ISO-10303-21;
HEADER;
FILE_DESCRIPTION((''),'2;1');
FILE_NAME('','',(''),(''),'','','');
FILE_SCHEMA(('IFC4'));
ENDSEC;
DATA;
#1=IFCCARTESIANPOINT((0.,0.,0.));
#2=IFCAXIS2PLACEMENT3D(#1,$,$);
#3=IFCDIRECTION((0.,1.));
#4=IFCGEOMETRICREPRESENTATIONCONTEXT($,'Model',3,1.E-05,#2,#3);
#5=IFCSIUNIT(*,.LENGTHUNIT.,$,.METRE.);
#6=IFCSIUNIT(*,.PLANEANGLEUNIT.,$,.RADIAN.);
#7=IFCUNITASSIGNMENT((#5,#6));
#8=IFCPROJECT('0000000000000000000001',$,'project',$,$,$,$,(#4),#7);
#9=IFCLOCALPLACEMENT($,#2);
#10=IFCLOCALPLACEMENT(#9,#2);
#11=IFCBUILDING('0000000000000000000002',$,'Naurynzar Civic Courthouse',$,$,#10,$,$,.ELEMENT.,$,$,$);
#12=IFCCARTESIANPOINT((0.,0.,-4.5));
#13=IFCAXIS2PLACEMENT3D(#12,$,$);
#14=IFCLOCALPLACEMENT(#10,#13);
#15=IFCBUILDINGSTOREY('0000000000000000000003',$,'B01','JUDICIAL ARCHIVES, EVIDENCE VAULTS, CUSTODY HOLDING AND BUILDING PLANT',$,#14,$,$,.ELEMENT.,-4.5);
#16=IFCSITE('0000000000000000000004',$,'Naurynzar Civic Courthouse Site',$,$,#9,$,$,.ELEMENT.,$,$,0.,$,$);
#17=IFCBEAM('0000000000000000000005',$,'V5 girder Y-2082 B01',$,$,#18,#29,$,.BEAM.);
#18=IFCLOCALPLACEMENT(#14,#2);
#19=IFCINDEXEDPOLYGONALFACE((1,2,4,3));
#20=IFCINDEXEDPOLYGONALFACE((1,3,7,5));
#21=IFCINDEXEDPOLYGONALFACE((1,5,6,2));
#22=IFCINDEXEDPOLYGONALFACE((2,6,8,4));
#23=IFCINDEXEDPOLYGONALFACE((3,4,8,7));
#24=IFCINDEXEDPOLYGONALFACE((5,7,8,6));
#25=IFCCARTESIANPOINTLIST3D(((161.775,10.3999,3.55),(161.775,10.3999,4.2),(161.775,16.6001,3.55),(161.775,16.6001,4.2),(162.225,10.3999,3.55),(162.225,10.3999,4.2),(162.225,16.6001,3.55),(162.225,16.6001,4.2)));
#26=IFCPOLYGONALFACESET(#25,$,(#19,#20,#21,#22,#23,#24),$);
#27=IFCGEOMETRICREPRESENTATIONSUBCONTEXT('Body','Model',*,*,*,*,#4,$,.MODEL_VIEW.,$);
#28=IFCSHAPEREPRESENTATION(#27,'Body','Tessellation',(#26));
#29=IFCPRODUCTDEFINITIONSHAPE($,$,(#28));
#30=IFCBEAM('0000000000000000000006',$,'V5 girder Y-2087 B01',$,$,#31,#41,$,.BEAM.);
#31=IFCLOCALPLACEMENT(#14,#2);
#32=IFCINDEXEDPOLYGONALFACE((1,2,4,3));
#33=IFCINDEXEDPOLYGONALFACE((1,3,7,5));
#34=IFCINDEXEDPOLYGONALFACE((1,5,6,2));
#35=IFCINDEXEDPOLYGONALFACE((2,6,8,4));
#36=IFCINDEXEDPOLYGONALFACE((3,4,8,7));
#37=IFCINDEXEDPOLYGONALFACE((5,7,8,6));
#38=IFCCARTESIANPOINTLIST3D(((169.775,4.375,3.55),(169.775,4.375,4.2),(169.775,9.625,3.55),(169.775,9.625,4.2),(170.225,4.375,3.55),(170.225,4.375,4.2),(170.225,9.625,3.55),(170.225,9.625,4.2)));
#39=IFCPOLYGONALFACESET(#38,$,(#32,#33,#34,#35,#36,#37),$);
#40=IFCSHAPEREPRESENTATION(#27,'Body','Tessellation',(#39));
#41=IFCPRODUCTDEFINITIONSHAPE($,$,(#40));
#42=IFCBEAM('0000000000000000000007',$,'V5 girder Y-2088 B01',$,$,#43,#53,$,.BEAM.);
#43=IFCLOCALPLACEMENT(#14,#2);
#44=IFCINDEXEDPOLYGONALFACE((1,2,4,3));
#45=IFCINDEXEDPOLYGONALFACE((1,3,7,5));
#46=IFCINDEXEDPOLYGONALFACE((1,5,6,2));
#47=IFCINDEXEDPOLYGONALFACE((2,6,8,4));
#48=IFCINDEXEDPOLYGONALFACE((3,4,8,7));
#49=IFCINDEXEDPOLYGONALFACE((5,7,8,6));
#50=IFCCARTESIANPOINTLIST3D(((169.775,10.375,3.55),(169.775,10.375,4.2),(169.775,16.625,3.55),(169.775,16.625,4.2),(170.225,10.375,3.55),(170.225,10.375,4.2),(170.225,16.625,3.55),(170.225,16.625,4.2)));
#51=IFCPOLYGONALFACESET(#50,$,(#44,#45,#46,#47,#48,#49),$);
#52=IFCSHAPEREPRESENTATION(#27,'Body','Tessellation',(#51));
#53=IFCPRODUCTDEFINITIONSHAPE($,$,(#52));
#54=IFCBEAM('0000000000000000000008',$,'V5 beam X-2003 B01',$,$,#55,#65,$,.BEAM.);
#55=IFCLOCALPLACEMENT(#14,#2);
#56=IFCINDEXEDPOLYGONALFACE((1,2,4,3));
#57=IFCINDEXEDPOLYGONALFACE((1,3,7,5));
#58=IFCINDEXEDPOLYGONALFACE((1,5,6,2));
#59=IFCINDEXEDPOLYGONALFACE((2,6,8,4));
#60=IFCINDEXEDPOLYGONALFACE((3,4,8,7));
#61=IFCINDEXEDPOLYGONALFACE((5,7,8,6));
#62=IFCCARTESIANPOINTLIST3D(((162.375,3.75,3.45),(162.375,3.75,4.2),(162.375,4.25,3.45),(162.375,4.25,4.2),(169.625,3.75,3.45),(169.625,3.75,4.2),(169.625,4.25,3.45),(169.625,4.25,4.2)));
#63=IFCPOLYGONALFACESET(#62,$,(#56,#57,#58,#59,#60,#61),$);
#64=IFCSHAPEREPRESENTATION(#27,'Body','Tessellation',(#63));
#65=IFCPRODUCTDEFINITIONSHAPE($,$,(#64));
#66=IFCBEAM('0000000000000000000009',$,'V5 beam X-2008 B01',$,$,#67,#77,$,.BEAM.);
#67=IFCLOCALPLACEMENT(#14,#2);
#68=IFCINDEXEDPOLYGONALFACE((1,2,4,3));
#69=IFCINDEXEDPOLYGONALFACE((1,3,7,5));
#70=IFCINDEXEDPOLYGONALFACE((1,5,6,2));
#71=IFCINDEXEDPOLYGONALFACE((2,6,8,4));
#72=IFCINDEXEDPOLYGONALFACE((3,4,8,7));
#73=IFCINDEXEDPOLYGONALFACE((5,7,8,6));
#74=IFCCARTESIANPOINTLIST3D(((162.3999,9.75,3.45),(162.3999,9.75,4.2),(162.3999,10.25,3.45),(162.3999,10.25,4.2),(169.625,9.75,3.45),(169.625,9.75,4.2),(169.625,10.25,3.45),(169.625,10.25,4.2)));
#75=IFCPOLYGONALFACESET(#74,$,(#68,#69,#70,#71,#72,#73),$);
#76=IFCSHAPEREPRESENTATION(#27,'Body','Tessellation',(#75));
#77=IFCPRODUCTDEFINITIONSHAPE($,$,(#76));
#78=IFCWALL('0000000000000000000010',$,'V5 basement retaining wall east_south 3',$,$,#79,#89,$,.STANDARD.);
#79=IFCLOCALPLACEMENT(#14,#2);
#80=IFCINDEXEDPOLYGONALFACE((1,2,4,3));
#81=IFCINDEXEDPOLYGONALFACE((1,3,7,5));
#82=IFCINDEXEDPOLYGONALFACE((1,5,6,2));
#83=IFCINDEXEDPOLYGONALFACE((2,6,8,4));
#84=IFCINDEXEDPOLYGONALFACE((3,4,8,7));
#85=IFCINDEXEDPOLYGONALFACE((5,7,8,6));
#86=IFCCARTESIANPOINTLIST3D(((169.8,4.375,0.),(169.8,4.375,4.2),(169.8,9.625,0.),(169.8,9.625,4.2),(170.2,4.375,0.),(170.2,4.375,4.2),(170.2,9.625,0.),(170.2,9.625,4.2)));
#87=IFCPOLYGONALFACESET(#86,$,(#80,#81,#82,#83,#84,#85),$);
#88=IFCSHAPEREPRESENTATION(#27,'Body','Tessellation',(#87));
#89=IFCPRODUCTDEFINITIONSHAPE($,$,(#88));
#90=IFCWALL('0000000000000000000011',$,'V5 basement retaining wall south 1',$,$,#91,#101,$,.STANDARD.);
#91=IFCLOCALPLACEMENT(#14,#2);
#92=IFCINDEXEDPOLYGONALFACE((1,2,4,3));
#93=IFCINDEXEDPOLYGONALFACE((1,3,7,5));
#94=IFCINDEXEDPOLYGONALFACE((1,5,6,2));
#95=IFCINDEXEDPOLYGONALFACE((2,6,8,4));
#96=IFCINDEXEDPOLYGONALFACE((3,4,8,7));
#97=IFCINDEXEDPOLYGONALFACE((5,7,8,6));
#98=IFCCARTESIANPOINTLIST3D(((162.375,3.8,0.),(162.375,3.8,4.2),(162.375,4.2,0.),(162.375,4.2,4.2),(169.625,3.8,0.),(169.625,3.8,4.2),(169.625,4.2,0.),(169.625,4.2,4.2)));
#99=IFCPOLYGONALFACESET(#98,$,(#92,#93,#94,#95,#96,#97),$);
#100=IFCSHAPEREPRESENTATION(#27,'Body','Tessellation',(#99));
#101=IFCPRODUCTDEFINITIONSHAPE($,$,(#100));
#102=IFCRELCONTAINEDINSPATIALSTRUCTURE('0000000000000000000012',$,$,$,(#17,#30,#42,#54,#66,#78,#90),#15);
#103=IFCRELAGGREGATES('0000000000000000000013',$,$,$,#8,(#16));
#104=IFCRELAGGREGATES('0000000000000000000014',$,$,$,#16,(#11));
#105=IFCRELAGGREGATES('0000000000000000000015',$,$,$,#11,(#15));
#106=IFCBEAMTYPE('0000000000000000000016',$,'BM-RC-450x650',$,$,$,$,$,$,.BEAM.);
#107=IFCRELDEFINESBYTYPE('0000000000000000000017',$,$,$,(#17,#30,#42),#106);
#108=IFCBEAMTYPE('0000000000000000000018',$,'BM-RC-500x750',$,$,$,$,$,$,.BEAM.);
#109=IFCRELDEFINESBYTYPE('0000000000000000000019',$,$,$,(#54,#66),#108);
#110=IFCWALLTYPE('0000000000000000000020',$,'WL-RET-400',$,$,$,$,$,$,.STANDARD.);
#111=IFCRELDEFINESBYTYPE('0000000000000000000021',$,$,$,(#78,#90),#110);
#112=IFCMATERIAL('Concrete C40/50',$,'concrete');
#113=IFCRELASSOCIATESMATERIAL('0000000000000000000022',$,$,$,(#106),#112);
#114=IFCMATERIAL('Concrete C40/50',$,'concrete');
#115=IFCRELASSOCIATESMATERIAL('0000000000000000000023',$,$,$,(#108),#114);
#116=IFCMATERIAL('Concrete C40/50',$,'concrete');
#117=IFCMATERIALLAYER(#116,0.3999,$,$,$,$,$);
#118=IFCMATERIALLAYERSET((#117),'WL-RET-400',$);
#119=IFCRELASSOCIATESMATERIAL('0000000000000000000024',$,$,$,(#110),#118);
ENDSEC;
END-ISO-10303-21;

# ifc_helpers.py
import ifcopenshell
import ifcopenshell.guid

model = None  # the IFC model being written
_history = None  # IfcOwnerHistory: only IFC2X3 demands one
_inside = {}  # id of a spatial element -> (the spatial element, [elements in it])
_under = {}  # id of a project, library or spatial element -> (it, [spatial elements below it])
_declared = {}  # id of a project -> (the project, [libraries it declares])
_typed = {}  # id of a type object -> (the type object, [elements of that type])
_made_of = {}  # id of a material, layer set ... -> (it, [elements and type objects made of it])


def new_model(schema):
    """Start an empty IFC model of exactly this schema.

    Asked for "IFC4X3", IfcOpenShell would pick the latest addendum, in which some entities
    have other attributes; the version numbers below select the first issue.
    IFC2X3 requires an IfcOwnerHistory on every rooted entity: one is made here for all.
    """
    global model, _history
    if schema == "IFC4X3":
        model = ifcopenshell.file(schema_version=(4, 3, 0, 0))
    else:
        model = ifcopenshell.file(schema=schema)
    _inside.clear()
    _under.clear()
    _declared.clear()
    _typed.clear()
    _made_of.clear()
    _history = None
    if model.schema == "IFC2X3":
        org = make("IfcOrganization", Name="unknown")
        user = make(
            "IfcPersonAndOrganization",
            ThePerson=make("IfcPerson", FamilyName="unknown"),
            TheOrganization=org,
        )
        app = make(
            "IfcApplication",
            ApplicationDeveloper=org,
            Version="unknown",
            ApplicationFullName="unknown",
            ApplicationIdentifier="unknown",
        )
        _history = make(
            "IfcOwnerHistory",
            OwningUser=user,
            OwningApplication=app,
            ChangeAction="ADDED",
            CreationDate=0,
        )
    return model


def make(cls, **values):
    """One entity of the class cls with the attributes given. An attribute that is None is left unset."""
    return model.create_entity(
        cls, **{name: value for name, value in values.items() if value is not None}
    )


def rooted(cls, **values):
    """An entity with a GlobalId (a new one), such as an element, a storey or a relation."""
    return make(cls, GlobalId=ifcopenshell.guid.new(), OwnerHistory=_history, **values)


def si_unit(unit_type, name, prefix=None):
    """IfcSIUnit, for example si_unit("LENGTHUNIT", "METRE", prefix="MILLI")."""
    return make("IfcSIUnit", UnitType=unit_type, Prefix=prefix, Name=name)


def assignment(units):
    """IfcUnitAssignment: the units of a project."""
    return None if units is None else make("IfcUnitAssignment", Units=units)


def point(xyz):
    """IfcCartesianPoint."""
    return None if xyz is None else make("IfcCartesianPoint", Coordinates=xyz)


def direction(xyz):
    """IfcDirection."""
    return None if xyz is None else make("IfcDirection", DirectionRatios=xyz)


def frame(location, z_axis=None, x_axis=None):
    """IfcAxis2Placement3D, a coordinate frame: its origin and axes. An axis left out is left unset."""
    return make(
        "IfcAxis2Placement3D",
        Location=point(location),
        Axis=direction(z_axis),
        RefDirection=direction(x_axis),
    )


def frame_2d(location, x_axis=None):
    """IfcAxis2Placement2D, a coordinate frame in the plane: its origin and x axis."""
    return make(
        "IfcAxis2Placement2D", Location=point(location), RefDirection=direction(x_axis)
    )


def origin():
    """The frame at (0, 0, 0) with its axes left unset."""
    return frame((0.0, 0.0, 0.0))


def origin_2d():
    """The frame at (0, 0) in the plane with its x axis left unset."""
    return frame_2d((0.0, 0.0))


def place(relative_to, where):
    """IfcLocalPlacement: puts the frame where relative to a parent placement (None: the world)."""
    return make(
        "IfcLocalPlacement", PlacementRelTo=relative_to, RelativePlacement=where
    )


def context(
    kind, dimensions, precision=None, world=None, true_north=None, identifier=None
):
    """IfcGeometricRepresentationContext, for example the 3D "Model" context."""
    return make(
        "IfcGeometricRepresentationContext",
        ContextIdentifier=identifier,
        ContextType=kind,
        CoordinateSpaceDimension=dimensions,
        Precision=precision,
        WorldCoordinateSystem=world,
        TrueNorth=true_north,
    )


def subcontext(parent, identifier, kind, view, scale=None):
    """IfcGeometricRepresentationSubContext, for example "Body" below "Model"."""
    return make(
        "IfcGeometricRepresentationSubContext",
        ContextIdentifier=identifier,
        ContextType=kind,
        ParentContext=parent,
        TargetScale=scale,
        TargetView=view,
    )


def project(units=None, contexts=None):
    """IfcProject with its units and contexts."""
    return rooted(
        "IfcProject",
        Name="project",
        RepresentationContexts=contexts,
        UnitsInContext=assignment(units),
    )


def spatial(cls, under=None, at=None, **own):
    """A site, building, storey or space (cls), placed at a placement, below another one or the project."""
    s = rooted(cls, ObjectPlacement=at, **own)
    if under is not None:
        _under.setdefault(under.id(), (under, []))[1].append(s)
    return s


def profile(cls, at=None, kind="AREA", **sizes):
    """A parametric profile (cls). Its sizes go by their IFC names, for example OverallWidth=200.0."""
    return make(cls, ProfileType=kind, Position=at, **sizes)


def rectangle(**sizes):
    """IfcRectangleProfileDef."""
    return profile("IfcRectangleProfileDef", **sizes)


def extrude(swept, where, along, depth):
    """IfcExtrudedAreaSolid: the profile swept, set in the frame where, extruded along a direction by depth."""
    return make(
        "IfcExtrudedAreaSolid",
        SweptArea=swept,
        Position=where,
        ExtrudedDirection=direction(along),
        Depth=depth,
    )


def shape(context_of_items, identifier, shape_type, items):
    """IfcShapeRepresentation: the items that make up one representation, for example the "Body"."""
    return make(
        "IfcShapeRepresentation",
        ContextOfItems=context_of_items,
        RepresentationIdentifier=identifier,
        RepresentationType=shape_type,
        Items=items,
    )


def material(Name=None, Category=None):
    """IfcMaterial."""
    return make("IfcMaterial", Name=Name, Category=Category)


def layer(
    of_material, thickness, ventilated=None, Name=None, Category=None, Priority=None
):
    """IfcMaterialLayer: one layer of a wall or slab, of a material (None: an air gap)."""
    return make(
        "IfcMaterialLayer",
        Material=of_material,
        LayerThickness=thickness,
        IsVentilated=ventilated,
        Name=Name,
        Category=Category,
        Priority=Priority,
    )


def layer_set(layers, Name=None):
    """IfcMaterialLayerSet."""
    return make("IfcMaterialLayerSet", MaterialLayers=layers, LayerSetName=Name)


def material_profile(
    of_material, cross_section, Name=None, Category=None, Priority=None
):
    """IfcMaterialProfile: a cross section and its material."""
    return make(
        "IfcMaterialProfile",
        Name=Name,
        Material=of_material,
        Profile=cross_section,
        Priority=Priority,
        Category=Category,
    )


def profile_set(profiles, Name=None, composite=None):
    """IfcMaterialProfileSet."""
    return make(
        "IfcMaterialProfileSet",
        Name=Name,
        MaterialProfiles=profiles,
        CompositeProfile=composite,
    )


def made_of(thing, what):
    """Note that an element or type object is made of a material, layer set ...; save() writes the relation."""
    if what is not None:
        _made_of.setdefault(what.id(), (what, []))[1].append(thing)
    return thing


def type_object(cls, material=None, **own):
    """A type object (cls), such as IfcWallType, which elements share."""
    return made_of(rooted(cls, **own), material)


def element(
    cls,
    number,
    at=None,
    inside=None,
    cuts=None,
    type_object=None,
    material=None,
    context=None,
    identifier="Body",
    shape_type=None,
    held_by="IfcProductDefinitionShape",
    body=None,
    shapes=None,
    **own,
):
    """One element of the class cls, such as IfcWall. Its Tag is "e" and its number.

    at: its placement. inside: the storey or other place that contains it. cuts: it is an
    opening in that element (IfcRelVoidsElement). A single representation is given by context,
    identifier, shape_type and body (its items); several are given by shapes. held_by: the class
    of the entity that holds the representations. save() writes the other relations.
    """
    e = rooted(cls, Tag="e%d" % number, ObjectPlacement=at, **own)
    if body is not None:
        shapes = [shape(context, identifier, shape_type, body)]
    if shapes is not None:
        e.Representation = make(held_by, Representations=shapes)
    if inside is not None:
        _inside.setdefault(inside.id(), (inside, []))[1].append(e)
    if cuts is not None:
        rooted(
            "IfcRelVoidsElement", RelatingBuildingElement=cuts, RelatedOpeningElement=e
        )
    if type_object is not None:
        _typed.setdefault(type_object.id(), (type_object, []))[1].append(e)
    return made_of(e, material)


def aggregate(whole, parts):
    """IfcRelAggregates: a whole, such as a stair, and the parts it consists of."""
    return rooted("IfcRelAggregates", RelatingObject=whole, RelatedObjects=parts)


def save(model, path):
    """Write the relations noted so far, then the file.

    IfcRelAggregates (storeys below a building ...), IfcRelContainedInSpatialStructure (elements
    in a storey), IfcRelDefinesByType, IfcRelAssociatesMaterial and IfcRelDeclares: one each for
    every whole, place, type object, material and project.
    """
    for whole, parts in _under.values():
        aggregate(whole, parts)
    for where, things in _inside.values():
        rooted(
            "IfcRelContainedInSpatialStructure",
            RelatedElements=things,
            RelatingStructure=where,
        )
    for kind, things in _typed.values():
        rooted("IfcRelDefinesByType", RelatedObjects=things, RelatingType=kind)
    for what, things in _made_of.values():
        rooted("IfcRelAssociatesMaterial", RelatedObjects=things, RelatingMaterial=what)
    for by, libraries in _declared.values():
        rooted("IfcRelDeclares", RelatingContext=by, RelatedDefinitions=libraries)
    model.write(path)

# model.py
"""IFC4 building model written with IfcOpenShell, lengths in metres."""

from ifc_helpers import new_model, si_unit, direction, frame, frame_2d, origin, origin_2d, place, context, subcontext, project, spatial, rectangle, extrude, material, layer, layer_set, material_profile, profile_set, type_object, element, save


model = new_model("IFC4")

# Units and contexts
model_context = context("Model", 3, precision=1e-05, world=origin(), true_north=direction((0.0, 1.0)))
body_context = subcontext(model_context, "Body", "Model", "MODEL_VIEW")
ifc_project = project(units=[si_unit("LENGTHUNIT", "METRE"), si_unit("PLANEANGLEUNIT", "RADIAN")], contexts=[model_context])

# Site, building, storey
site_placement = place(None, origin())
site = spatial("IfcSite", under=ifc_project, at=site_placement, Name="Naurynzar Civic Courthouse Site", CompositionType="ELEMENT", RefElevation=0.0)
building_placement = place(site_placement, origin())
building = spatial("IfcBuilding", under=site, at=building_placement, Name="Naurynzar Civic Courthouse", CompositionType="ELEMENT")
storey_placement = place(building_placement, frame((0.0, 0.0, -4.5)))
storey = spatial("IfcBuildingStorey", under=building, at=storey_placement, Name="B01", Description="JUDICIAL ARCHIVES, EVIDENCE VAULTS, CUSTODY HOLDING AND BUILDING PLANT", CompositionType="ELEMENT", Elevation=-4.5)

# Beams
ifc_material_1 = material(Name="Concrete C40/50", Category="concrete")
ifc_material_profile_1 = material_profile(ifc_material_1, rectangle(XDim=0.45, YDim=0.6499, at=origin_2d()), Name="RCB 450x650")
ifc_profile_set_1 = profile_set([ifc_material_profile_1], Name="Concrete C40/50")
beam_type_1 = type_object("IfcBeamType", Name="BM-RC-450x650", PredefinedType="BEAM", material=ifc_profile_set_1)
beam_1_placement = place(storey_placement, frame((162.0, 10.3999, 3.875), z_axis=(0.0, 1.0, 0.0), x_axis=(-1.0, 0.0, 0.0)))
element("IfcBeam", 1, at=beam_1_placement, inside=storey, type_object=beam_type_1, Name="V5 girder Y-2082 B01", PredefinedType="BEAM", context=body_context, shape_type="SweptSolid", body=[
    extrude(rectangle(XDim=0.45, YDim=0.6499, at=origin_2d()), origin(), (0.0, 0.0, 1.0), 6.2002),
])
beam_2_placement = place(storey_placement, frame((170.0, 4.375, 3.875), z_axis=(0.0, 1.0, 0.0), x_axis=(-1.0, 0.0, 0.0)))
element("IfcBeam", 2, at=beam_2_placement, inside=storey, type_object=beam_type_1, Name="V5 girder Y-2087 B01", PredefinedType="BEAM", context=body_context, shape_type="SweptSolid", body=[
    extrude(rectangle(XDim=0.45, YDim=0.6499, at=origin_2d()), origin(), (0.0, 0.0, 1.0), 5.25),
])
beam_3_placement = place(storey_placement, frame((170.0, 10.375, 3.875), z_axis=(0.0, 1.0, 0.0), x_axis=(-1.0, 0.0, 0.0)))
element("IfcBeam", 3, at=beam_3_placement, inside=storey, type_object=beam_type_1, Name="V5 girder Y-2088 B01", PredefinedType="BEAM", context=body_context, shape_type="SweptSolid", body=[
    extrude(rectangle(XDim=0.45, YDim=0.6499, at=origin_2d()), origin(), (0.0, 0.0, 1.0), 6.25),
])
ifc_material_2 = material(Name="Concrete C40/50", Category="concrete")
ifc_material_profile_2 = material_profile(ifc_material_2, rectangle(XDim=0.5, YDim=0.75, at=origin_2d()), Name="RCB 500x750")
ifc_profile_set_2 = profile_set([ifc_material_profile_2], Name="Concrete C40/50")
beam_type_2 = type_object("IfcBeamType", Name="BM-RC-500x750", PredefinedType="BEAM", material=ifc_profile_set_2)
beam_4_placement = place(storey_placement, frame((162.375, 4.0, 3.825), z_axis=(1.0, 0.0, 0.0), x_axis=(0.0, 1.0, 0.0)))
element("IfcBeam", 4, at=beam_4_placement, inside=storey, type_object=beam_type_2, Name="V5 beam X-2003 B01", PredefinedType="BEAM", context=body_context, shape_type="SweptSolid", body=[
    extrude(rectangle(XDim=0.5, YDim=0.75, at=origin_2d()), origin(), (0.0, 0.0, 1.0), 7.25),
])
beam_5_placement = place(storey_placement, frame((162.3999, 10.0, 3.825), z_axis=(1.0, 0.0, 0.0), x_axis=(0.0, 1.0, 0.0)))
element("IfcBeam", 5, at=beam_5_placement, inside=storey, type_object=beam_type_2, Name="V5 beam X-2008 B01", PredefinedType="BEAM", context=body_context, shape_type="SweptSolid", body=[
    extrude(rectangle(XDim=0.5, YDim=0.75, at=origin_2d()), origin(), (0.0, 0.0, 1.0), 7.2251),
])

# Walls
ifc_material_3 = material(Name="Concrete C40/50", Category="concrete")
ifc_layer = layer(ifc_material_3, 0.3999)
ifc_layer_set = layer_set([ifc_layer], Name="WL-RET-400")
wall_type = type_object("IfcWallType", Name="WL-RET-400", PredefinedType="STANDARD", material=ifc_layer_set)
wall_1_placement = place(storey_placement, frame((170.0, 9.625, 0.0), z_axis=(0.0, 0.0, 1.0), x_axis=(0.0, -1.0, 0.0)))
element("IfcWall", 6, at=wall_1_placement, inside=storey, type_object=wall_type, Name="V5 basement retaining wall east_south 3", PredefinedType="STANDARD", context=body_context, shape_type="SweptSolid", body=[
    extrude(rectangle(XDim=5.25, YDim=0.3999, at=frame_2d((2.625, 0.0))), origin(), (0.0, 0.0, 1.0), 4.2),
])
wall_2_placement = place(storey_placement, frame((169.625, 4.0, 0.0), z_axis=(0.0, 0.0, 1.0), x_axis=(-1.0, 0.0, 0.0)))
element("IfcWall", 7, at=wall_2_placement, inside=storey, type_object=wall_type, Name="V5 basement retaining wall south 1", PredefinedType="STANDARD", context=body_context, shape_type="SweptSolid", body=[
    extrude(rectangle(XDim=7.25, YDim=0.3999, at=frame_2d((3.625, 0.0))), origin(), (0.0, 0.0, 1.0), 4.2),
])

save(model, "model.ifc")
